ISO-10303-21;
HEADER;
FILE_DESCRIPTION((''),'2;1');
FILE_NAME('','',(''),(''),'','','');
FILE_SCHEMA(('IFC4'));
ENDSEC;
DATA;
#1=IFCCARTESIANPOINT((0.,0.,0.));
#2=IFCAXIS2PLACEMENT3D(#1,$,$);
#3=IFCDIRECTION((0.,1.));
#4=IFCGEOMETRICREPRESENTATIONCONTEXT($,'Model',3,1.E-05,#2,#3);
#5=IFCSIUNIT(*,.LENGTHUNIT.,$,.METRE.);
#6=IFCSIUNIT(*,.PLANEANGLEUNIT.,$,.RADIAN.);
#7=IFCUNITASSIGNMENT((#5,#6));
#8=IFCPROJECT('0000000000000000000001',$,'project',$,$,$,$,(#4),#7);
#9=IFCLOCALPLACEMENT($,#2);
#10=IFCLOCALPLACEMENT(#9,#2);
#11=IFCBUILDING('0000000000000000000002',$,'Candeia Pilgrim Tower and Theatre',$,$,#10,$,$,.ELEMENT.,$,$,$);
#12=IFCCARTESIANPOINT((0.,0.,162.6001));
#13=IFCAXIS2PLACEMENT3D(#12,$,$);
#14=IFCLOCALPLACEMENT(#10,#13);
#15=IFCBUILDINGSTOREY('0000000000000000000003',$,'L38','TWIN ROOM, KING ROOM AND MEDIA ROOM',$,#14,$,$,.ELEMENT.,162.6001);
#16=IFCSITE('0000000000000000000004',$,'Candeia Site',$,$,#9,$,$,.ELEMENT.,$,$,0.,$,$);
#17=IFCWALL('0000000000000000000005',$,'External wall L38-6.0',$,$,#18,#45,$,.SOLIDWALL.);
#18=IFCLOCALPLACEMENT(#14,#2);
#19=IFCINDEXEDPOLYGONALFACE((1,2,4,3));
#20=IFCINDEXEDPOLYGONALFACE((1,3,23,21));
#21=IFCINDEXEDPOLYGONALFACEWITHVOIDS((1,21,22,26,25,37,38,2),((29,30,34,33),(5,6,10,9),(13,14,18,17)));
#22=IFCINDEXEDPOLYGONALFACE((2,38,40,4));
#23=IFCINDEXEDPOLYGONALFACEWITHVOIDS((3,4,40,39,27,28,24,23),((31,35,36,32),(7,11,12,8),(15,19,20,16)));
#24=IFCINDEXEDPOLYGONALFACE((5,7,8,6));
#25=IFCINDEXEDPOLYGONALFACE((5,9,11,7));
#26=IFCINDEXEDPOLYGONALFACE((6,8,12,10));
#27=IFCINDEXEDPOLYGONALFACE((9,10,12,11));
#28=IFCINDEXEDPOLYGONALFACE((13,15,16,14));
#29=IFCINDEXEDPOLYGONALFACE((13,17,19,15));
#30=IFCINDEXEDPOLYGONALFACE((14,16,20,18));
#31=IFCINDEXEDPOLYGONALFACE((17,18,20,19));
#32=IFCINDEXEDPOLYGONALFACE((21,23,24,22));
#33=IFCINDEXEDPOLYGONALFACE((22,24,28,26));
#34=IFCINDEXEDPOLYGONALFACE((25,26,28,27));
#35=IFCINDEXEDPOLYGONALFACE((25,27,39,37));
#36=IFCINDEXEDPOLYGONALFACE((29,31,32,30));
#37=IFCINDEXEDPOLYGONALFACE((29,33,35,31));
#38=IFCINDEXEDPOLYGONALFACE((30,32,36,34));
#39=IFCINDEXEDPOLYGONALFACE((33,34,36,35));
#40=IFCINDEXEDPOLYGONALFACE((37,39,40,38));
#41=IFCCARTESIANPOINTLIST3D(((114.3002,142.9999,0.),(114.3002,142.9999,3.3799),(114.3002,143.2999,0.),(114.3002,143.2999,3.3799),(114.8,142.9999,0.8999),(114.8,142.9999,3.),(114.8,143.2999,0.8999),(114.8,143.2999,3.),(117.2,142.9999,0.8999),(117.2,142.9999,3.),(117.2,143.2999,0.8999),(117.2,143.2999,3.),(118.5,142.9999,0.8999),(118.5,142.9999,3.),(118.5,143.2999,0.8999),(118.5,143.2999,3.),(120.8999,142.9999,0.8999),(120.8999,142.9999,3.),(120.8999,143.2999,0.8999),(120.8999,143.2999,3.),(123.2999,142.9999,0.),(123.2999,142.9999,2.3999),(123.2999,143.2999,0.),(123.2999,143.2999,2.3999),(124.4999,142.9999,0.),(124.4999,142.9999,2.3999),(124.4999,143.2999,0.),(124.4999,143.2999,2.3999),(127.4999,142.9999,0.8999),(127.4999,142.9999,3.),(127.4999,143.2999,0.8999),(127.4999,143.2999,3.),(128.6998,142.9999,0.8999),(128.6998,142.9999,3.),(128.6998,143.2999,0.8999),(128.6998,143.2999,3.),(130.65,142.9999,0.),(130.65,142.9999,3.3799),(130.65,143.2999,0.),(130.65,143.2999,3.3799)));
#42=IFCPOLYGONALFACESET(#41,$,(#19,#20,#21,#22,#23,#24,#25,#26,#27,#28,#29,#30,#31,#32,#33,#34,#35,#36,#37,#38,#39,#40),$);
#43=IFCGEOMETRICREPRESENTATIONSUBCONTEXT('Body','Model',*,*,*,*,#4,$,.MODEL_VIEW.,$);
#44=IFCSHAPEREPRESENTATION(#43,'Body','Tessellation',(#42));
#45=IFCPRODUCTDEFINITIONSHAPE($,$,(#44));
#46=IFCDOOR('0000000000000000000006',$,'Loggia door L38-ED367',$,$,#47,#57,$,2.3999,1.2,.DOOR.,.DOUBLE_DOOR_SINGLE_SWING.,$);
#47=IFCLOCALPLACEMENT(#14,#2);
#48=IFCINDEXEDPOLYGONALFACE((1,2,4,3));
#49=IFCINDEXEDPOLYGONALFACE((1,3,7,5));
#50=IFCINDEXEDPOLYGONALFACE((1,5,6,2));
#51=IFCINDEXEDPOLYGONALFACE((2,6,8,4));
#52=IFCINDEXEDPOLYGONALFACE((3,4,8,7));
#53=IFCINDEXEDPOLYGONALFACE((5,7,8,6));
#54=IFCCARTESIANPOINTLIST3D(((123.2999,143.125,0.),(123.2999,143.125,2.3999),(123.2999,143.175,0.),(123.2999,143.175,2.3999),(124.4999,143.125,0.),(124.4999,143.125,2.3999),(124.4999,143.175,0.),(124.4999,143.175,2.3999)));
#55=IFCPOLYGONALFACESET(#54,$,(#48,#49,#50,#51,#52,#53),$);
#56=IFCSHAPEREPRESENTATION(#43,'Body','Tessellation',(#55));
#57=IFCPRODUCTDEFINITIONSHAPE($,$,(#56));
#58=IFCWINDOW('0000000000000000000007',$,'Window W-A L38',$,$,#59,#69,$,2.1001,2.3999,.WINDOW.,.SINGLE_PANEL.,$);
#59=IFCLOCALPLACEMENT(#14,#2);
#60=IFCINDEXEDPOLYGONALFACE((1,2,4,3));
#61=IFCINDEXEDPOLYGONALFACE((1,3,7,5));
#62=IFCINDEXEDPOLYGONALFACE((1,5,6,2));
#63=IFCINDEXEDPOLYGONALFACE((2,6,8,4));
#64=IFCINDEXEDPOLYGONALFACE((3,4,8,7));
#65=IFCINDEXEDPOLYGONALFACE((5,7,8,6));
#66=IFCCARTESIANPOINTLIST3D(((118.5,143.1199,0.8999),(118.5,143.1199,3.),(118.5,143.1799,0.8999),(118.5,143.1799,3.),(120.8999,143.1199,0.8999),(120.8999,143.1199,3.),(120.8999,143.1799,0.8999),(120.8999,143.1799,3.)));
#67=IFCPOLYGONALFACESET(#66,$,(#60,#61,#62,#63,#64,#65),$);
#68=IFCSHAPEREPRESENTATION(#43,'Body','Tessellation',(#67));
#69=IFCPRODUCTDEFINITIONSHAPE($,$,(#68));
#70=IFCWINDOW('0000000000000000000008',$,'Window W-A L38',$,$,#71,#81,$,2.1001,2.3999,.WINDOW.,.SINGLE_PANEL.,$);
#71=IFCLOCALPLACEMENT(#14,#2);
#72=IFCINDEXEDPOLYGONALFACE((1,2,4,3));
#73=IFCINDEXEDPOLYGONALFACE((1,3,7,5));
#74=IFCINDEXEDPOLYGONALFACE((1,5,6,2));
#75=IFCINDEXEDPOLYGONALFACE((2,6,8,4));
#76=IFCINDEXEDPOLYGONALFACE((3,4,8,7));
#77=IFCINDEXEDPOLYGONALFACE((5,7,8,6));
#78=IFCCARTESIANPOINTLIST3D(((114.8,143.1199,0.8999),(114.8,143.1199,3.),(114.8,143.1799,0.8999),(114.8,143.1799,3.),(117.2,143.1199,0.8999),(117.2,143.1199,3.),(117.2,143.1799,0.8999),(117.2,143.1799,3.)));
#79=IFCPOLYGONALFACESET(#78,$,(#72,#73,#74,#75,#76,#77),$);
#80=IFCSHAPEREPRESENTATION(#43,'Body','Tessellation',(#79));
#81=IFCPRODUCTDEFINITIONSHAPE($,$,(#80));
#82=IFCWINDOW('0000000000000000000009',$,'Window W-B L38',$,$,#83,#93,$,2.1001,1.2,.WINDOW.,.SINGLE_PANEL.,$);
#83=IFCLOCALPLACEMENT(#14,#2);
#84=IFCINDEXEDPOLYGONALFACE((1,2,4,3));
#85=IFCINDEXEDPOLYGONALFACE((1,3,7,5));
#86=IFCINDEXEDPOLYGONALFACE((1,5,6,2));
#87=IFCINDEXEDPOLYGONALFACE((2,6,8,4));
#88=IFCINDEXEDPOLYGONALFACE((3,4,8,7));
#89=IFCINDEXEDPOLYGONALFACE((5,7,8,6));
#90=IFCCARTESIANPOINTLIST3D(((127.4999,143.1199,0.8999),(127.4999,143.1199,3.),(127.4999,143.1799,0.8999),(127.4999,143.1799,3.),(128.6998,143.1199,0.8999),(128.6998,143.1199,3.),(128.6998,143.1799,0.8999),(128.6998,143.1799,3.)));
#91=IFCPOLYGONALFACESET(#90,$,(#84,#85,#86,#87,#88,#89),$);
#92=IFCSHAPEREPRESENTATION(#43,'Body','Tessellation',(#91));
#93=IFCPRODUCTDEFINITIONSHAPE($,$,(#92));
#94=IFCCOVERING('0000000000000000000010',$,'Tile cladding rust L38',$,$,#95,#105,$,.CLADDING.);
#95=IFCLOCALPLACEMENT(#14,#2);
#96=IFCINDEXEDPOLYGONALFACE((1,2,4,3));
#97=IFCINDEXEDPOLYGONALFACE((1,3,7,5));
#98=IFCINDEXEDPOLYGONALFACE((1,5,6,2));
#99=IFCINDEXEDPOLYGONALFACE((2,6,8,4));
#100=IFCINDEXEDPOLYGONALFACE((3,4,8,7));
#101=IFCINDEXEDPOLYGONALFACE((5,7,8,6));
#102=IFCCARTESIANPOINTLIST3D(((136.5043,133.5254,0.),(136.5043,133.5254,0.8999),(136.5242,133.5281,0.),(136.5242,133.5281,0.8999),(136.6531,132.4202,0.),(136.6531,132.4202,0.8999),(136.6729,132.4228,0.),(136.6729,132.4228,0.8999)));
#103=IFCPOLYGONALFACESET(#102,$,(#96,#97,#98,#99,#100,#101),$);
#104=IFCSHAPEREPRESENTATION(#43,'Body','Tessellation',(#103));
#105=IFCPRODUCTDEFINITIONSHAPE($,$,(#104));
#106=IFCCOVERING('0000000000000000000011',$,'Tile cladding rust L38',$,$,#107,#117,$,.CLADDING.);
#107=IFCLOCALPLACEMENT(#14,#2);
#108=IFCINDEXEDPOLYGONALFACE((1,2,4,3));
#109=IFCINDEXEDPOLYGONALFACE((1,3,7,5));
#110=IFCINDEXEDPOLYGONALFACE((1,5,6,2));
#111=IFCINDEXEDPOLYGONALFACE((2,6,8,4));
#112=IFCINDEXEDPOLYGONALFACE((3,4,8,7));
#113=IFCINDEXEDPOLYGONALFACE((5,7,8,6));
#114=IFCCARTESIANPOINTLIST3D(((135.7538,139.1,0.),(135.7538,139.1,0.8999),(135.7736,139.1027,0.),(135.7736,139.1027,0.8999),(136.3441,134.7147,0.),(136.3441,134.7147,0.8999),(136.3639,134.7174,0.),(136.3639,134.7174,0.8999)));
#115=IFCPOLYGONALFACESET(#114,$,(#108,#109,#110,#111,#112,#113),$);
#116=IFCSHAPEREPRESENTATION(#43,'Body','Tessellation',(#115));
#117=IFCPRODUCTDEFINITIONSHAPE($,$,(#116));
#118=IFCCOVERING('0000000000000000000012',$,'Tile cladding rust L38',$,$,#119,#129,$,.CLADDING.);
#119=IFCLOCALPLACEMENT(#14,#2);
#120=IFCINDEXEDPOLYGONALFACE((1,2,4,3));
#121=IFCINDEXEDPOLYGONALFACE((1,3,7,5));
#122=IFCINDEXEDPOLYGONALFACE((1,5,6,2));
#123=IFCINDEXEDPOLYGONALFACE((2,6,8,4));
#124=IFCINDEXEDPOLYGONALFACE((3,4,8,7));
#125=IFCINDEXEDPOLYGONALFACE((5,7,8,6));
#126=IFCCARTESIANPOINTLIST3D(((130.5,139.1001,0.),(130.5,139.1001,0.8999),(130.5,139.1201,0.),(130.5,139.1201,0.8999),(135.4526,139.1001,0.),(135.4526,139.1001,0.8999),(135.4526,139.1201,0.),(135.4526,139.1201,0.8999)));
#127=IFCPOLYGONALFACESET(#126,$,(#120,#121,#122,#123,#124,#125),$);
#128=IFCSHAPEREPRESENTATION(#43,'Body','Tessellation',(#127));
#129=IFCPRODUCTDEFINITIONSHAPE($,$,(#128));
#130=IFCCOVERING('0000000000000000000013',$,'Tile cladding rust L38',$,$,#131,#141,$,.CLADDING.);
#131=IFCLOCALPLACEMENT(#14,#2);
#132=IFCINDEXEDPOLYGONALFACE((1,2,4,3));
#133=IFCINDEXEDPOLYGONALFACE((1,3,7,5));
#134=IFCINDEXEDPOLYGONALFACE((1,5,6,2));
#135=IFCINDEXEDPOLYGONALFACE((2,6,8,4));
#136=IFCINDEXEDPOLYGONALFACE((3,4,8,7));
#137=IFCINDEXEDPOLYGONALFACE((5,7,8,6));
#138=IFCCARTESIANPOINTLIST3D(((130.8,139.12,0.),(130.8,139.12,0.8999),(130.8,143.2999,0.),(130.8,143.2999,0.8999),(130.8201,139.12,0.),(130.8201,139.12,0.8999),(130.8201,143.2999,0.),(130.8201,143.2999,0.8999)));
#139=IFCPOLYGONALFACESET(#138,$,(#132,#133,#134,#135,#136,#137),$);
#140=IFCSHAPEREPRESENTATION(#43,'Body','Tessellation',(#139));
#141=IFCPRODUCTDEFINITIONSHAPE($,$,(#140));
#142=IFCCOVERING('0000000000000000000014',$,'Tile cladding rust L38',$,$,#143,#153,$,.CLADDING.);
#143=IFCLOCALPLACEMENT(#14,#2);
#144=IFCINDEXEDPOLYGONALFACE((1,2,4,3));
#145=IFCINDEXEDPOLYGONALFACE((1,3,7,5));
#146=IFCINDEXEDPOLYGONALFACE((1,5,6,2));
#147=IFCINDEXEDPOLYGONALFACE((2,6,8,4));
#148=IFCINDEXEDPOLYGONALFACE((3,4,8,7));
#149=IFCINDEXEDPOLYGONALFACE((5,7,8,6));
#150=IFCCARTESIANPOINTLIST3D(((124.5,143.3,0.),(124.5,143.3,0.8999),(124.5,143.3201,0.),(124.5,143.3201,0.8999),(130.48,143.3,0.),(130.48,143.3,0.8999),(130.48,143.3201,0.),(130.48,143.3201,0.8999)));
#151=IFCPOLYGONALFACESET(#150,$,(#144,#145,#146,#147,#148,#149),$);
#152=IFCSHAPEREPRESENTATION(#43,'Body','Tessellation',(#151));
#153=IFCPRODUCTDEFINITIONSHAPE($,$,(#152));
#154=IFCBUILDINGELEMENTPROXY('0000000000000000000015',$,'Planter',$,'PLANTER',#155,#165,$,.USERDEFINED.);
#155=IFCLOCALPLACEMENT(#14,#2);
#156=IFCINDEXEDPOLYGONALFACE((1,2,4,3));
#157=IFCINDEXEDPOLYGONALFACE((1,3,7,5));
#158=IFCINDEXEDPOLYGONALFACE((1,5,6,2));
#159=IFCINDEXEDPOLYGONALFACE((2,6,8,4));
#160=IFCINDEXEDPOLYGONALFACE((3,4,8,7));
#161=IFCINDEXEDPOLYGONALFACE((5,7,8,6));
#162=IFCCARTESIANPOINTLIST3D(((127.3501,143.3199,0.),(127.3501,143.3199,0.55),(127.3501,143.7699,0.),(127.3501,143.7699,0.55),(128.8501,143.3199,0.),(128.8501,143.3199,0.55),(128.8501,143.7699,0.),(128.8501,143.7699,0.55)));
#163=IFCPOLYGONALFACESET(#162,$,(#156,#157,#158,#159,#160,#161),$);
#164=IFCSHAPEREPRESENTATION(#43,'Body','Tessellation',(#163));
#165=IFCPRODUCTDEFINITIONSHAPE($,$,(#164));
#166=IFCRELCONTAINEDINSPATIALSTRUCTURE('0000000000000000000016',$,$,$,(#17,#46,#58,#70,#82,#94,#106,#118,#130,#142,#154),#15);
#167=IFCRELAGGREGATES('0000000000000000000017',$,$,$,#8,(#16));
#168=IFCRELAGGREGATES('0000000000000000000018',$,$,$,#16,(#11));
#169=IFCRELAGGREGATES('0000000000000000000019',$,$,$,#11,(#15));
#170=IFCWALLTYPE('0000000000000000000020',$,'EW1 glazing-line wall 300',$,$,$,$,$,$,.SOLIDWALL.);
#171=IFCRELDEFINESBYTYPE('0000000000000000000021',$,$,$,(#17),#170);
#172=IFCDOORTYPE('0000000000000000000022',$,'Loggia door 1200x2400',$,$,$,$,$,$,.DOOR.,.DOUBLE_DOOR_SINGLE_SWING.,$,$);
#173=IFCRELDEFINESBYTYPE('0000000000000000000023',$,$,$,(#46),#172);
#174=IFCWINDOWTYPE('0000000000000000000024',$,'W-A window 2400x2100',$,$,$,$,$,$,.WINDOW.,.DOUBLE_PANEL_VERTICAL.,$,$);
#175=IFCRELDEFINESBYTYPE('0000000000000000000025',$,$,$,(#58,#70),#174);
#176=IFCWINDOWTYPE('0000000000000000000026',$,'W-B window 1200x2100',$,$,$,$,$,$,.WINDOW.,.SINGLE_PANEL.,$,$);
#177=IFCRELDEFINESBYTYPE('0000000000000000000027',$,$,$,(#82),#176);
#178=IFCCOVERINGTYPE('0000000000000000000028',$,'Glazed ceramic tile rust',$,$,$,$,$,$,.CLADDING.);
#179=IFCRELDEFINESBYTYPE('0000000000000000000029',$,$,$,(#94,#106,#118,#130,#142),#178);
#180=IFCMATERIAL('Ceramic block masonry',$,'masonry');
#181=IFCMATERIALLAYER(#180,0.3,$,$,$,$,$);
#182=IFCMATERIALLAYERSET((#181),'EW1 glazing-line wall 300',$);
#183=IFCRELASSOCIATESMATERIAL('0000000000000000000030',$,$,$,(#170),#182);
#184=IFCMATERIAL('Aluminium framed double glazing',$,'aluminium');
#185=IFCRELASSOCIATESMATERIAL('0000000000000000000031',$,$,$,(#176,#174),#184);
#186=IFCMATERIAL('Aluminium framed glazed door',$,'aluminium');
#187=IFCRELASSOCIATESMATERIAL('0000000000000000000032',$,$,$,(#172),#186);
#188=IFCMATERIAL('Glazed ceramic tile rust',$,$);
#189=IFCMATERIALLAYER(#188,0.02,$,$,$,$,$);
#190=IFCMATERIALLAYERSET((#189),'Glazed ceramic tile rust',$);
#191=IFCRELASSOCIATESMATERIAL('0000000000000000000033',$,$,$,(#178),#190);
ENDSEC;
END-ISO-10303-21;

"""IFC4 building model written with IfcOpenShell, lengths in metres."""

from ifc_helpers import new_model, si_unit, direction, frame, frame_2d, origin, origin_2d, place, context, subcontext, project, spatial, rectangle, extrude, material, layer, layer_set, type_object, element, fill, save


model = new_model("IFC4")

# Units and contexts
model_context = context("Model", 3, precision=1e-05, world=origin(), true_north=direction((0.0, 1.0)))
body_context = subcontext(model_context, "Body", "Model", "MODEL_VIEW")
ifc_project = project(units=[si_unit("LENGTHUNIT", "METRE"), si_unit("PLANEANGLEUNIT", "RADIAN")], contexts=[model_context])

# Site, building, storey
site_placement = place(None, origin())
site = spatial("IfcSite", under=ifc_project, at=site_placement, Name="Candeia Site", CompositionType="ELEMENT", RefElevation=0.0)
building_placement = place(site_placement, origin())
building = spatial("IfcBuilding", under=site, at=building_placement, Name="Candeia Pilgrim Tower and Theatre", CompositionType="ELEMENT")
storey_placement = place(building_placement, frame((0.0, 0.0, 162.6001)))
storey = spatial("IfcBuildingStorey", under=building, at=storey_placement, Name="L38", Description="TWIN ROOM, KING ROOM AND MEDIA ROOM", CompositionType="ELEMENT", Elevation=162.6001)

# Shared definitions
ifc_material_1 = material(Name="Ceramic block masonry", Category="masonry")
ifc_layer_1 = layer(ifc_material_1, 0.3)
ifc_layer_set_1 = layer_set([ifc_layer_1], Name="EW1 glazing-line wall 300")
wall_type = type_object("IfcWallType", Name="EW1 glazing-line wall 300", PredefinedType="SOLIDWALL", material=ifc_layer_set_1)
ifc_material_2 = material(Name="Aluminium framed double glazing", Category="aluminium")
window_type_1 = type_object("IfcWindowType", Name="W-B window 1200x2100", PartitioningType="SINGLE_PANEL", PredefinedType="WINDOW", material=ifc_material_2)

# Wall, openings, door, windows
wall_1_placement = place(storey_placement, frame((130.6499, 143.1499, 0.0), z_axis=(0.0, 0.0, 1.0), x_axis=(-1.0, 0.0, 0.0)))
wall_1 = element("IfcWall", 1, at=wall_1_placement, inside=storey, type_object=wall_type, Name="External wall L38-6.0", PredefinedType="SOLIDWALL", context=body_context, shape_type="SweptSolid", body=[
    extrude(rectangle(XDim=16.3499, YDim=0.3, at=frame_2d((8.1748, 0.0))), origin(), (0.0, 0.0, 1.0), 3.3799),
])
opening_1_placement = place(wall_1_placement, frame((1.95, 0.0, 0.8999)))
opening_1 = element("IfcOpeningElement", 2, at=opening_1_placement, cuts=wall_1, PredefinedType="OPENING", context=body_context, shape_type="SweptSolid", body=[
    extrude(rectangle(XDim=1.2, YDim=2.1001, at=frame_2d((0.6001, 1.05))), frame((0.0, 0.1602, 0.0), z_axis=(0.0, -1.0, 0.0), x_axis=(1.0, 0.0, 0.0)), (0.0, 0.0, 1.0), 0.3201),
])
opening_2_placement = place(wall_1_placement, frame((6.1499, 0.0, 0.0)))
opening_2 = element("IfcOpeningElement", 3, at=opening_2_placement, cuts=wall_1, PredefinedType="OPENING", context=body_context, shape_type="SweptSolid", body=[
    extrude(rectangle(XDim=1.2, YDim=2.3999, at=frame_2d((0.6001, 1.2))), frame((0.0, 0.1602, 0.0), z_axis=(0.0, -1.0, 0.0), x_axis=(1.0, 0.0, 0.0)), (0.0, 0.0, 1.0), 0.3201),
])
opening_3_placement = place(wall_1_placement, frame((9.75, 0.0, 0.8999)))
opening_3 = element("IfcOpeningElement", 4, at=opening_3_placement, cuts=wall_1, PredefinedType="OPENING", context=body_context, shape_type="SweptSolid", body=[
    extrude(rectangle(XDim=2.3999, YDim=2.1001, at=frame_2d((1.2, 1.05))), frame((0.0, 0.1602, 0.0), z_axis=(0.0, -1.0, 0.0), x_axis=(1.0, 0.0, 0.0)), (0.0, 0.0, 1.0), 0.3201),
])
opening_4_placement = place(wall_1_placement, frame((13.45, 0.0, 0.8999)))
opening_4 = element("IfcOpeningElement", 5, at=opening_4_placement, cuts=wall_1, PredefinedType="OPENING", context=body_context, shape_type="SweptSolid", body=[
    extrude(rectangle(XDim=2.3999, YDim=2.1001, at=frame_2d((1.2, 1.05))), frame((0.0, 0.1602, 0.0), z_axis=(0.0, -1.0, 0.0), x_axis=(1.0, 0.0, 0.0)), (0.0, 0.0, 1.0), 0.3201),
])
ifc_material_3 = material(Name="Aluminium framed glazed door", Category="aluminium")
door_type = type_object("IfcDoorType", Name="Loggia door 1200x2400", OperationType="DOUBLE_DOOR_SINGLE_SWING", PredefinedType="DOOR", material=ifc_material_3)
door_placement = place(opening_2_placement, origin())
door = element("IfcDoor", 6, at=door_placement, inside=storey, type_object=door_type, Name="Loggia door L38-ED367", OperationType="DOUBLE_DOOR_SINGLE_SWING", OverallHeight=2.3999, OverallWidth=1.2, PredefinedType="DOOR", context=body_context, shape_type="SweptSolid", body=[
    extrude(rectangle(XDim=1.2, YDim=2.3999, at=frame_2d((0.6001, 1.2))), frame((0.0, 0.0249, 0.0), z_axis=(0.0, -1.0, 0.0), x_axis=(1.0, 0.0, 0.0)), (0.0, 0.0, 1.0), 0.05),
])
fill(opening_2, door)
window_type_2 = type_object("IfcWindowType", Name="W-A window 2400x2100", PartitioningType="DOUBLE_PANEL_VERTICAL", PredefinedType="WINDOW", material=ifc_material_2)
window_1_placement = place(opening_3_placement, origin())
window_1 = element("IfcWindow", 7, at=window_1_placement, inside=storey, type_object=window_type_2, Name="Window W-A L38", OverallHeight=2.1001, OverallWidth=2.3999, PartitioningType="SINGLE_PANEL", PredefinedType="WINDOW", context=body_context, shape_type="SweptSolid", body=[
    extrude(rectangle(XDim=2.3999, YDim=2.1001, at=frame_2d((1.2, 1.05))), frame((0.0, 0.03, 0.0), z_axis=(0.0, -1.0, 0.0), x_axis=(1.0, 0.0, 0.0)), (0.0, 0.0, 1.0), 0.0601),
])
fill(opening_3, window_1)
window_2_placement = place(opening_4_placement, origin())
window_2 = element("IfcWindow", 8, at=window_2_placement, inside=storey, type_object=window_type_2, Name="Window W-A L38", OverallHeight=2.1001, OverallWidth=2.3999, PartitioningType="SINGLE_PANEL", PredefinedType="WINDOW", context=body_context, shape_type="SweptSolid", body=[
    extrude(rectangle(XDim=2.3999, YDim=2.1001, at=frame_2d((1.2, 1.05))), frame((0.0, 0.03, 0.0), z_axis=(0.0, -1.0, 0.0), x_axis=(1.0, 0.0, 0.0)), (0.0, 0.0, 1.0), 0.0601),
])
fill(opening_4, window_2)
window_3_placement = place(opening_1_placement, origin())
window_3 = element("IfcWindow", 9, at=window_3_placement, inside=storey, type_object=window_type_1, Name="Window W-B L38", OverallHeight=2.1001, OverallWidth=1.2, PartitioningType="SINGLE_PANEL", PredefinedType="WINDOW", context=body_context, shape_type="SweptSolid", body=[
    extrude(rectangle(XDim=1.2, YDim=2.1001, at=frame_2d((0.6001, 1.05))), frame((0.0, 0.03, 0.0), z_axis=(0.0, -1.0, 0.0), x_axis=(1.0, 0.0, 0.0)), (0.0, 0.0, 1.0), 0.0601),
])
fill(opening_1, window_3)

# Coverings
ifc_material_4 = material(Name="Glazed ceramic tile rust")
ifc_layer_2 = layer(ifc_material_4, 0.02)
ifc_layer_set_2 = layer_set([ifc_layer_2], Name="Glazed ceramic tile rust")
covering_type = type_object("IfcCoveringType", Name="Glazed ceramic tile rust", PredefinedType="CLADDING", material=ifc_layer_set_2)
covering_1_placement = place(storey_placement, frame((136.5886, 132.9741, 0.0), z_axis=(0.0, 0.0, 1.0), x_axis=(-0.133412, 0.991061, 0.0)))
element("IfcCovering", 10, at=covering_1_placement, inside=storey, type_object=covering_type, Name="Tile cladding rust L38", PredefinedType="CLADDING", context=body_context, shape_type="SweptSolid", body=[
    extrude(rectangle(XDim=1.1152, YDim=0.02, at=origin_2d()), origin(), (0.0, 0.0, 1.0), 0.8999),
])
covering_2_placement = place(storey_placement, frame((136.0588, 136.9087, 0.0), z_axis=(0.0, 0.0, 1.0), x_axis=(-0.133412, 0.991061, 0.0)))
element("IfcCovering", 11, at=covering_2_placement, inside=storey, type_object=covering_type, Name="Tile cladding rust L38", PredefinedType="CLADDING", context=body_context, shape_type="SweptSolid", body=[
    extrude(rectangle(XDim=4.4248, YDim=0.02, at=origin_2d()), origin(), (0.0, 0.0, 1.0), 0.8999),
])
covering_3_placement = place(storey_placement, frame((132.9763, 139.1101, 0.0), z_axis=(0.0, 0.0, 1.0), x_axis=(-1.0, 0.0, 0.0)))
element("IfcCovering", 12, at=covering_3_placement, inside=storey, type_object=covering_type, Name="Tile cladding rust L38", PredefinedType="CLADDING", context=body_context, shape_type="SweptSolid", body=[
    extrude(rectangle(XDim=4.9526, YDim=0.02, at=origin_2d()), origin(), (0.0, 0.0, 1.0), 0.8999),
])
covering_4_placement = place(storey_placement, frame((130.8101, 141.21, 0.0), z_axis=(0.0, 0.0, 1.0), x_axis=(0.0, 1.0, 0.0)))
element("IfcCovering", 13, at=covering_4_placement, inside=storey, type_object=covering_type, Name="Tile cladding rust L38", PredefinedType="CLADDING", context=body_context, shape_type="SweptSolid", body=[
    extrude(rectangle(XDim=4.1799, YDim=0.02, at=origin_2d()), origin(), (0.0, 0.0, 1.0), 0.8999),
])
covering_5_placement = place(storey_placement, frame((127.49, 143.3101, 0.0), z_axis=(0.0, 0.0, 1.0), x_axis=(-1.0, 0.0, 0.0)))
element("IfcCovering", 14, at=covering_5_placement, inside=storey, type_object=covering_type, Name="Tile cladding rust L38", PredefinedType="CLADDING", context=body_context, shape_type="SweptSolid", body=[
    extrude(rectangle(XDim=5.98, YDim=0.02, at=origin_2d()), origin(), (0.0, 0.0, 1.0), 0.8999),
])

# Building element proxy
proxy_placement = place(storey_placement, frame((128.1001, 143.5449, 0.0), z_axis=(0.0, 0.0, 1.0), x_axis=(-1.0, 0.0, 0.0)))
element("IfcBuildingElementProxy", 15, at=proxy_placement, inside=storey, Name="Planter", ObjectType="PLANTER", PredefinedType="USERDEFINED", context=body_context, shape_type="SweptSolid", body=[
    extrude(rectangle(XDim=1.5, YDim=0.45, at=origin_2d()), origin(), (0.0, 0.0, 1.0), 0.55),
])

save(model, "model.ifc")
